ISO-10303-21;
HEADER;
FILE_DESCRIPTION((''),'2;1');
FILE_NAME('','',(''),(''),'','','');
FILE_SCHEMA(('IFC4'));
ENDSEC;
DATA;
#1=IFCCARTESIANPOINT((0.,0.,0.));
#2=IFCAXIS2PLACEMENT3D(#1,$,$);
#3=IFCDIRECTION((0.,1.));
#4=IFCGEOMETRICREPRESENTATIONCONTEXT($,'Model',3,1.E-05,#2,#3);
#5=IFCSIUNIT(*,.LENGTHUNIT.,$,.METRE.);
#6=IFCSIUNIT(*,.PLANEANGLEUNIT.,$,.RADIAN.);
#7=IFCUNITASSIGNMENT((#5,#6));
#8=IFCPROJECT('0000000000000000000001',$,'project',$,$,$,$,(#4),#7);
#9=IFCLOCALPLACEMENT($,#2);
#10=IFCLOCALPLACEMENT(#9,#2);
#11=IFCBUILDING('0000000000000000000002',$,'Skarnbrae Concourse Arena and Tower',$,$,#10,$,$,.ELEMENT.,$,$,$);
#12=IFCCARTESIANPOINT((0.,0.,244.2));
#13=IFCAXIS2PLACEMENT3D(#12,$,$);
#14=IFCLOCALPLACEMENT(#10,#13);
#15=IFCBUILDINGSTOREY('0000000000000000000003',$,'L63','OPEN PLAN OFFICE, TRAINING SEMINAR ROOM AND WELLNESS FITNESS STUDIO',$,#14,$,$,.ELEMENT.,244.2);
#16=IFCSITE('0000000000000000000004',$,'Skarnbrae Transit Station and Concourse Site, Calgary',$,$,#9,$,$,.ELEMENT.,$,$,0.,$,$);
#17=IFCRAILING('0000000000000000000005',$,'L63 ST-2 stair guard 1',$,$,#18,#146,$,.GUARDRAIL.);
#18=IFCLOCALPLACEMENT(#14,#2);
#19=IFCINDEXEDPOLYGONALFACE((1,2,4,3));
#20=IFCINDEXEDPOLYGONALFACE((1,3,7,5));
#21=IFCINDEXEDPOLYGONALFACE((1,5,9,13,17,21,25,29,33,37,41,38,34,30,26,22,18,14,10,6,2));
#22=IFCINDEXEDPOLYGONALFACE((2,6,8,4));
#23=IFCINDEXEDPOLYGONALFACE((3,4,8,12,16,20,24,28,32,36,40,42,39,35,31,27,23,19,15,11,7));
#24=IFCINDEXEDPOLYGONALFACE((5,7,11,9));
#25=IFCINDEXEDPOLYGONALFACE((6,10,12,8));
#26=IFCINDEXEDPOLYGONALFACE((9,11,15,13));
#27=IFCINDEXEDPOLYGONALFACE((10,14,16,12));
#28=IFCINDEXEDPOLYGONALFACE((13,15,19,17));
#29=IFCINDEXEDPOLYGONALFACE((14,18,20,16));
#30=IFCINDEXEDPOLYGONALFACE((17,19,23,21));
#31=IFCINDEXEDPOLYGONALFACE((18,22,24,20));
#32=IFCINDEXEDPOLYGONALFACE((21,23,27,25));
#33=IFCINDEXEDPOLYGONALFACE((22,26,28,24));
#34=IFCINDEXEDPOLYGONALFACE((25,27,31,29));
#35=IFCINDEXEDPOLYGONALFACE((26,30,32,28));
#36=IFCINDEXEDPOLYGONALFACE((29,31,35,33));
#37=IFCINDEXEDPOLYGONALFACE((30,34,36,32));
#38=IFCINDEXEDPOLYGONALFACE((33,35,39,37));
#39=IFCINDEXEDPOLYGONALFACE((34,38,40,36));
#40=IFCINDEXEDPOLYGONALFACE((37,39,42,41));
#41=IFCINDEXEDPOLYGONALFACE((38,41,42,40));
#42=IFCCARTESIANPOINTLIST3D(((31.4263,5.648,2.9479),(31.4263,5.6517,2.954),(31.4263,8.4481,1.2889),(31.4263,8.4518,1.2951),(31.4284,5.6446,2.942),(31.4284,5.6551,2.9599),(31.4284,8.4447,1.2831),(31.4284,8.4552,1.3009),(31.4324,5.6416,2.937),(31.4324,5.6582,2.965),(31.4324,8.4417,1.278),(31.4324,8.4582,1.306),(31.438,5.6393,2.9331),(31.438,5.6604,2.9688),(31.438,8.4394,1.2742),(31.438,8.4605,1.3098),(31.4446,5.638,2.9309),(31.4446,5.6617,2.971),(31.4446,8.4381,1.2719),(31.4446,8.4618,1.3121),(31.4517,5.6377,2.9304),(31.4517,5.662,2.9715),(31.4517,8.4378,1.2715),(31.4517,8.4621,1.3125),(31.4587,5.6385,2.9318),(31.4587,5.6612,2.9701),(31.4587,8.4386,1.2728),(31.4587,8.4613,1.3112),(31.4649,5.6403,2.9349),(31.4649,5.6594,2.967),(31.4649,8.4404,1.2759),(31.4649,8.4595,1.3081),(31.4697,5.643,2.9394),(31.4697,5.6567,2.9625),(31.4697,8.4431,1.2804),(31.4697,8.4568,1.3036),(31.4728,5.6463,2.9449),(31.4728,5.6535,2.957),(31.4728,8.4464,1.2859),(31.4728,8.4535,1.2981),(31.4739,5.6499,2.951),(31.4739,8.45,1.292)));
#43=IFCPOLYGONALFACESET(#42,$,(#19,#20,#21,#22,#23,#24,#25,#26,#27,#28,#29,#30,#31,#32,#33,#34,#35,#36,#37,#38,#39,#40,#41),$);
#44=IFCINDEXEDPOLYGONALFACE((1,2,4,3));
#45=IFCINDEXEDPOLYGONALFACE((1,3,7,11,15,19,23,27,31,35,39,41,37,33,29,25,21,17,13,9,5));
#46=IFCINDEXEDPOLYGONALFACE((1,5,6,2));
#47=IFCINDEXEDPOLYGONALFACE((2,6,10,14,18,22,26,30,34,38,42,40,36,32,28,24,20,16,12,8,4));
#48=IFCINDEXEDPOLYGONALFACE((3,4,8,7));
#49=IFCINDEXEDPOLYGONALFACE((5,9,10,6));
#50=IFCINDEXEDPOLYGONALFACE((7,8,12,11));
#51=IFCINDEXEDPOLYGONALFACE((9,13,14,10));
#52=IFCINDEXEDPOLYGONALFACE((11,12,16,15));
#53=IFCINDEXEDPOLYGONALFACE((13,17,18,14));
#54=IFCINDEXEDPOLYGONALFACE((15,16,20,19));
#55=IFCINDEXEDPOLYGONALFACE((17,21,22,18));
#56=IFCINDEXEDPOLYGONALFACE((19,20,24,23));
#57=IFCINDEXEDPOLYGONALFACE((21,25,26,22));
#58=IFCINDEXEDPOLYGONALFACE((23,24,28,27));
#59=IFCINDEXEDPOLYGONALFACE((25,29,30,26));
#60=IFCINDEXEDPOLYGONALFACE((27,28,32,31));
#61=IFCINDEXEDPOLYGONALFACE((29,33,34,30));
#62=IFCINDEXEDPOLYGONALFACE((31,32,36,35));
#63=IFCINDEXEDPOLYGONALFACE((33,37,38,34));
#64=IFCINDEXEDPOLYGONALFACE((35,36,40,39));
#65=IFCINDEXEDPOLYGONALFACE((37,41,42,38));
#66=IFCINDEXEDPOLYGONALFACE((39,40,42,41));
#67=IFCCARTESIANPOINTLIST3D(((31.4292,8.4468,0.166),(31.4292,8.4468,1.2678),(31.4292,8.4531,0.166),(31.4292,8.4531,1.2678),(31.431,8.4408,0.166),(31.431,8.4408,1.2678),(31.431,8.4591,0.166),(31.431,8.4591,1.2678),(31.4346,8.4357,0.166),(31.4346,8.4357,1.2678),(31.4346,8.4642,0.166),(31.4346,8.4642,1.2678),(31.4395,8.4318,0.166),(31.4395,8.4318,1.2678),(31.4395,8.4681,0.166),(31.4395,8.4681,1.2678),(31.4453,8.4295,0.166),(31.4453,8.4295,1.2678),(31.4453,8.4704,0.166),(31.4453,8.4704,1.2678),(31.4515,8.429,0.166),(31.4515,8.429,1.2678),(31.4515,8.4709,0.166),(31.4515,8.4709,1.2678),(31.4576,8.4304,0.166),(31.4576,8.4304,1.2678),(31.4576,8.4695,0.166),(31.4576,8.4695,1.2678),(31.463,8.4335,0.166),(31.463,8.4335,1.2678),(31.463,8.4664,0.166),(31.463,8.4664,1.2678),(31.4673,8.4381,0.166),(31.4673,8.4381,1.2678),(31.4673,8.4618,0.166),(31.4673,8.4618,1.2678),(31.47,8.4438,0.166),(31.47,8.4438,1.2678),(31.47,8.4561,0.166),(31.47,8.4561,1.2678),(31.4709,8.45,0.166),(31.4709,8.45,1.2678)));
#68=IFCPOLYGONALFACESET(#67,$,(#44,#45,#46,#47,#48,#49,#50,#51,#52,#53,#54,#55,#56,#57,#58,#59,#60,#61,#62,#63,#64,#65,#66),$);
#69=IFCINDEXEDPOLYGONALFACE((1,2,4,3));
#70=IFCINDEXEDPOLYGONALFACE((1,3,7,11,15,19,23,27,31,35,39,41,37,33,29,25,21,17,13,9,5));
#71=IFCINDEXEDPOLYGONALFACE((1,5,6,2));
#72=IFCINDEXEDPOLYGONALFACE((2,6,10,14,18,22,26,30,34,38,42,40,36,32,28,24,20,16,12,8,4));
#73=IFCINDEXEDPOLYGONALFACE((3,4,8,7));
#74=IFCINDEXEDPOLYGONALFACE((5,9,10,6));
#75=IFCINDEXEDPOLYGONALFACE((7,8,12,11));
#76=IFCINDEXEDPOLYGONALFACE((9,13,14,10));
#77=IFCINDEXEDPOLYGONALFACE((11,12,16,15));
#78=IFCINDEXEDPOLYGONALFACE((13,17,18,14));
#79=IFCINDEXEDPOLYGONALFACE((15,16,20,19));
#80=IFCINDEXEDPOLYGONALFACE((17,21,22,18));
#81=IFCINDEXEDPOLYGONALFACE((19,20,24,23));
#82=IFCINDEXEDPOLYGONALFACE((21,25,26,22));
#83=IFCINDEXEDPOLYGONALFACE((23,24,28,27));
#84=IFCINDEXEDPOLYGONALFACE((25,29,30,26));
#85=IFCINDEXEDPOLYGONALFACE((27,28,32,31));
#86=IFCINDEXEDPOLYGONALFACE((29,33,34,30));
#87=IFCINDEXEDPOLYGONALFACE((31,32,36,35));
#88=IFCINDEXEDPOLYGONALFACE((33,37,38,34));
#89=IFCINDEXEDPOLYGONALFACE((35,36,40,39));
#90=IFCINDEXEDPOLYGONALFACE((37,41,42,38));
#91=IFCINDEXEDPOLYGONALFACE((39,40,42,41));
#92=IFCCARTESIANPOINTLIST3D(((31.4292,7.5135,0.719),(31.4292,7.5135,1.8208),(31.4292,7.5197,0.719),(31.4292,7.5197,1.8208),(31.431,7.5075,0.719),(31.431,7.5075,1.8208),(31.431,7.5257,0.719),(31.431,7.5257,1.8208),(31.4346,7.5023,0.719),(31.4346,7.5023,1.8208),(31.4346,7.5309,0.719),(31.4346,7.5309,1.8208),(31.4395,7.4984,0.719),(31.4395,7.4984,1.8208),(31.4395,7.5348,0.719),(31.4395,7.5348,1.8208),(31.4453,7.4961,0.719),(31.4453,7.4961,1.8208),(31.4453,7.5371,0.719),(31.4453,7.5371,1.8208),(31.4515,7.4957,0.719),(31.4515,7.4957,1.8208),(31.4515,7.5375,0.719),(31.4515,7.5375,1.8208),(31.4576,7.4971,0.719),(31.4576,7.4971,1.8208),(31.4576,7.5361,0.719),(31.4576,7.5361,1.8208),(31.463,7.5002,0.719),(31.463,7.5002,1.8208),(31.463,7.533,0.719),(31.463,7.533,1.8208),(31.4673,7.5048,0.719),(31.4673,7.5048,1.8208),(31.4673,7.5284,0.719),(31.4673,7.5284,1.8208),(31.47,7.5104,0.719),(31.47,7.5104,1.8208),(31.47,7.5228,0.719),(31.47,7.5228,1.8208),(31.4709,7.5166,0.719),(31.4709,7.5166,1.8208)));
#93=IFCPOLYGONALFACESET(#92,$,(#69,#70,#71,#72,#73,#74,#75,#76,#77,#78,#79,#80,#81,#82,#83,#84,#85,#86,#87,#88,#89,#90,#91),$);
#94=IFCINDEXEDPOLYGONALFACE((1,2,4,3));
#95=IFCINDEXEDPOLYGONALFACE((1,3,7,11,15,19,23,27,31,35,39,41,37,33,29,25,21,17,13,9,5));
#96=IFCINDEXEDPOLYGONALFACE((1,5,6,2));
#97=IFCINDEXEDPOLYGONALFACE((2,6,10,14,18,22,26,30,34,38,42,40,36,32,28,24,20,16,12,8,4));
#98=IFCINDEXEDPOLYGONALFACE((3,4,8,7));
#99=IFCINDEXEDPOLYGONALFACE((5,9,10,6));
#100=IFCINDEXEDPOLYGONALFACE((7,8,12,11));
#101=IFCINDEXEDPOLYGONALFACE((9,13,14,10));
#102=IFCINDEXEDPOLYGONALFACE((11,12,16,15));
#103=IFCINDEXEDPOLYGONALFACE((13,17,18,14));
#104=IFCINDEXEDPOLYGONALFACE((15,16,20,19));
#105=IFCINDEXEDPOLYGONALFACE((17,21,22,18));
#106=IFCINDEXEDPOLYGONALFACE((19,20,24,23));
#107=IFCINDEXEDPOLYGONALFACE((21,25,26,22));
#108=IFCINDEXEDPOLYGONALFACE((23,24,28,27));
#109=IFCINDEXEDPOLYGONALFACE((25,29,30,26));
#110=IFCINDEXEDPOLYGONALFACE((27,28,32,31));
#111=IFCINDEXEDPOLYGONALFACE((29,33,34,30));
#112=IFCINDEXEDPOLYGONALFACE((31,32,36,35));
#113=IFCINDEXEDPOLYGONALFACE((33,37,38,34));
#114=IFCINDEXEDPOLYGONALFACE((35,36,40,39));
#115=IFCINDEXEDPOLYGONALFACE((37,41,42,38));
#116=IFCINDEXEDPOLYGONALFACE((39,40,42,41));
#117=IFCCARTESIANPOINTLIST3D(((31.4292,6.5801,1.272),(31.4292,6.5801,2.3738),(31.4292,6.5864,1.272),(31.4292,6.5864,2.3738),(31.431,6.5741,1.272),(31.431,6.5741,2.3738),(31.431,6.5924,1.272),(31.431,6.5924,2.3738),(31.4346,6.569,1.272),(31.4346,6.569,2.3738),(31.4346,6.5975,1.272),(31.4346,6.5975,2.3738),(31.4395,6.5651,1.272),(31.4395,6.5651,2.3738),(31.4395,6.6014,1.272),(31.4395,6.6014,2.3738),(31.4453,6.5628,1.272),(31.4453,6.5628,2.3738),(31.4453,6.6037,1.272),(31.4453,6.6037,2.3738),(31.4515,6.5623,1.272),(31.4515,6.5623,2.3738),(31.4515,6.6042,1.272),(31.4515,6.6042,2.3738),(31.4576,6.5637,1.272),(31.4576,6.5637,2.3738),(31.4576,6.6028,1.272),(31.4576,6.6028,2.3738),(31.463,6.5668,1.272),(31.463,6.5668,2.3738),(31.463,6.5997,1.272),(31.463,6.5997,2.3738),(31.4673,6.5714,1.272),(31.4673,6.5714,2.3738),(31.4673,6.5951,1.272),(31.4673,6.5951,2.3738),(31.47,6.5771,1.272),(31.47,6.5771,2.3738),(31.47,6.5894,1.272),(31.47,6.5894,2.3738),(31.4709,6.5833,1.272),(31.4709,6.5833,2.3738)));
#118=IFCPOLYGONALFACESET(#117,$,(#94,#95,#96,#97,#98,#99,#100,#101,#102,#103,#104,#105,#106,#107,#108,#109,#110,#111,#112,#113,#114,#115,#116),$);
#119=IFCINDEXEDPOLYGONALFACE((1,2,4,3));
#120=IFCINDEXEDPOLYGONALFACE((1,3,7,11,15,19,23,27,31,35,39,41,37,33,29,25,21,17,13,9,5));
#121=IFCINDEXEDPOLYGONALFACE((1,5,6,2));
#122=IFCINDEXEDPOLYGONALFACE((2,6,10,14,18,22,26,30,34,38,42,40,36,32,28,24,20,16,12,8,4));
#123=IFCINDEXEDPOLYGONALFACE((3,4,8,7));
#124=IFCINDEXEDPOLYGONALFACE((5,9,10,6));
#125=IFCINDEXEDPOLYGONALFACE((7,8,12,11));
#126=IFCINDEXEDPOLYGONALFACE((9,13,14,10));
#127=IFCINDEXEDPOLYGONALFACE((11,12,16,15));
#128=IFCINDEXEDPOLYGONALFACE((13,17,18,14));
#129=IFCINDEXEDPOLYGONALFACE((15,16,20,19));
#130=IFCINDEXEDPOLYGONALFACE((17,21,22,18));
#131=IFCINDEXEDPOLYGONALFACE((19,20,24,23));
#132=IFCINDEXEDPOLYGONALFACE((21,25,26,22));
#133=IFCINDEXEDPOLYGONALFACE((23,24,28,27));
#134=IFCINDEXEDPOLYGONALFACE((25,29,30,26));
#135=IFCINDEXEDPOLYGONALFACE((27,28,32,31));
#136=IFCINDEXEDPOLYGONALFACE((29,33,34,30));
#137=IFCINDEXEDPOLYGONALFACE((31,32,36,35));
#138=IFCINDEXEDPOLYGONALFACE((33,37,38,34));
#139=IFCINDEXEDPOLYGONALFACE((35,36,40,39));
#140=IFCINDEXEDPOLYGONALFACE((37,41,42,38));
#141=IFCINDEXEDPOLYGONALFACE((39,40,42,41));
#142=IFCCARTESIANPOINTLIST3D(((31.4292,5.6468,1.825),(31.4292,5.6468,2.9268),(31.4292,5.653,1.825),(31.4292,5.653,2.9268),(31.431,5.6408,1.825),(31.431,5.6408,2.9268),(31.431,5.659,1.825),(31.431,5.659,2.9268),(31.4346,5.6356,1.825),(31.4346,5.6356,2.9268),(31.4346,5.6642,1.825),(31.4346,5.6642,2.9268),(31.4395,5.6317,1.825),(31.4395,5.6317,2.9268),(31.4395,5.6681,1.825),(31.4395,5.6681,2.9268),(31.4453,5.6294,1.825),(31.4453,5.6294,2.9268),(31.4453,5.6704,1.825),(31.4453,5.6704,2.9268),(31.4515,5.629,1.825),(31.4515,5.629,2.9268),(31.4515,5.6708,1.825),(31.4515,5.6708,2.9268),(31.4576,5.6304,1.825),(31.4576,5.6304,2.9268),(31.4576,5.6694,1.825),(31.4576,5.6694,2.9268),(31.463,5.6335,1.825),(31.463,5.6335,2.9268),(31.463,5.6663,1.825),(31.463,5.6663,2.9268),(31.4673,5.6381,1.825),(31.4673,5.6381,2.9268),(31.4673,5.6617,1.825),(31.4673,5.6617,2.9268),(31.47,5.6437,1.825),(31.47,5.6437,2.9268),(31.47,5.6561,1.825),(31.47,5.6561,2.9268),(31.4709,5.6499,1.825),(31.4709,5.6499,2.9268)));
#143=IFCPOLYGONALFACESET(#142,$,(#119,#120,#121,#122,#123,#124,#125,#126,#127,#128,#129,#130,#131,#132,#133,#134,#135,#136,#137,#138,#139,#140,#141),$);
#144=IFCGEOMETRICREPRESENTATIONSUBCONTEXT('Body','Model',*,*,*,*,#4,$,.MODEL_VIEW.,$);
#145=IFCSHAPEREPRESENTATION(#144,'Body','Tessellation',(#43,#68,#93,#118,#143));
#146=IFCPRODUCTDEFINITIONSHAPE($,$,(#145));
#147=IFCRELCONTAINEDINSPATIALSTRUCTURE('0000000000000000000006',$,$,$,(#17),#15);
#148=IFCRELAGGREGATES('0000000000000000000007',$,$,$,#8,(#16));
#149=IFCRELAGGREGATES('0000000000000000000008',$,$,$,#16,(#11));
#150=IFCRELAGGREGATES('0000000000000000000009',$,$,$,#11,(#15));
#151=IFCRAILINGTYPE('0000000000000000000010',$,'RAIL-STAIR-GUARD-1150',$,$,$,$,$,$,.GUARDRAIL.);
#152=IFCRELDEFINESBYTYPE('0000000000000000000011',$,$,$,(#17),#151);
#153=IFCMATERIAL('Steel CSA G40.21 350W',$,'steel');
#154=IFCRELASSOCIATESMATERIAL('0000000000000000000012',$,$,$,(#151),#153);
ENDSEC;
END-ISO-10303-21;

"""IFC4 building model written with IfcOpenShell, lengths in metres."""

from ifc_helpers import new_model, si_unit, direction, frame, origin, origin_2d, place, context, subcontext, project, spatial, circle, extrude, material, type_object, element, save


model = new_model("IFC4")

# Units and contexts
model_context = context("Model", 3, precision=1e-05, world=origin(), true_north=direction((0.0, 1.0)))
body_context = subcontext(model_context, "Body", "Model", "MODEL_VIEW")
ifc_project = project(units=[si_unit("LENGTHUNIT", "METRE"), si_unit("PLANEANGLEUNIT", "RADIAN")], contexts=[model_context])

# Site, building, storey
site_placement = place(None, origin())
site = spatial("IfcSite", under=ifc_project, at=site_placement, Name="Skarnbrae Transit Station and Concourse Site, Calgary", CompositionType="ELEMENT", RefElevation=0.0)
building_placement = place(site_placement, origin())
building = spatial("IfcBuilding", under=site, at=building_placement, Name="Skarnbrae Concourse Arena and Tower", CompositionType="ELEMENT")
storey_placement = place(building_placement, frame((0.0, 0.0, 244.2)))
storey = spatial("IfcBuildingStorey", under=building, at=storey_placement, Name="L63", Description="OPEN PLAN OFFICE, TRAINING SEMINAR ROOM AND WELLNESS FITNESS STUDIO", CompositionType="ELEMENT", Elevation=244.2)

# Shared definitions
ifc_material_1 = material(Name="Steel CSA G40.21 350W", Category="steel")

# Railing
railing_type = type_object("IfcRailingType", Name="RAIL-STAIR-GUARD-1150", PredefinedType="GUARDRAIL", material=ifc_material_1)
railing_1_placement = place(storey_placement, frame((31.45, 8.45, 0.166)))
element("IfcRailing", 1, at=railing_1_placement, inside=storey, type_object=railing_type, Name="L63 ST-2 stair guard 1", PredefinedType="GUARDRAIL", context=body_context, shape_type="SweptSolid", body=[
    extrude(circle(Radius=0.0239, at=origin_2d()), frame((0.0, 0.0, 1.126), z_axis=(0.0, -0.860339, 0.509722), x_axis=(1.0, 0.0, 0.0)), (0.0, 0.0, 1.0), 3.2546),
    extrude(circle(Radius=0.021, at=origin_2d()), origin(), (0.0, 0.0, 1.0), 1.1018),
    extrude(circle(Radius=0.021, at=origin_2d()), frame((0.0, -0.9333, 0.553)), (0.0, 0.0, 1.0), 1.1018),
    extrude(circle(Radius=0.021, at=origin_2d()), frame((0.0, -1.8667, 1.106)), (0.0, 0.0, 1.0), 1.1018),
    extrude(circle(Radius=0.021, at=origin_2d()), frame((0.0, -2.8, 1.6589)), (0.0, 0.0, 1.0), 1.1018),
])

save(model, "model.ifc")
